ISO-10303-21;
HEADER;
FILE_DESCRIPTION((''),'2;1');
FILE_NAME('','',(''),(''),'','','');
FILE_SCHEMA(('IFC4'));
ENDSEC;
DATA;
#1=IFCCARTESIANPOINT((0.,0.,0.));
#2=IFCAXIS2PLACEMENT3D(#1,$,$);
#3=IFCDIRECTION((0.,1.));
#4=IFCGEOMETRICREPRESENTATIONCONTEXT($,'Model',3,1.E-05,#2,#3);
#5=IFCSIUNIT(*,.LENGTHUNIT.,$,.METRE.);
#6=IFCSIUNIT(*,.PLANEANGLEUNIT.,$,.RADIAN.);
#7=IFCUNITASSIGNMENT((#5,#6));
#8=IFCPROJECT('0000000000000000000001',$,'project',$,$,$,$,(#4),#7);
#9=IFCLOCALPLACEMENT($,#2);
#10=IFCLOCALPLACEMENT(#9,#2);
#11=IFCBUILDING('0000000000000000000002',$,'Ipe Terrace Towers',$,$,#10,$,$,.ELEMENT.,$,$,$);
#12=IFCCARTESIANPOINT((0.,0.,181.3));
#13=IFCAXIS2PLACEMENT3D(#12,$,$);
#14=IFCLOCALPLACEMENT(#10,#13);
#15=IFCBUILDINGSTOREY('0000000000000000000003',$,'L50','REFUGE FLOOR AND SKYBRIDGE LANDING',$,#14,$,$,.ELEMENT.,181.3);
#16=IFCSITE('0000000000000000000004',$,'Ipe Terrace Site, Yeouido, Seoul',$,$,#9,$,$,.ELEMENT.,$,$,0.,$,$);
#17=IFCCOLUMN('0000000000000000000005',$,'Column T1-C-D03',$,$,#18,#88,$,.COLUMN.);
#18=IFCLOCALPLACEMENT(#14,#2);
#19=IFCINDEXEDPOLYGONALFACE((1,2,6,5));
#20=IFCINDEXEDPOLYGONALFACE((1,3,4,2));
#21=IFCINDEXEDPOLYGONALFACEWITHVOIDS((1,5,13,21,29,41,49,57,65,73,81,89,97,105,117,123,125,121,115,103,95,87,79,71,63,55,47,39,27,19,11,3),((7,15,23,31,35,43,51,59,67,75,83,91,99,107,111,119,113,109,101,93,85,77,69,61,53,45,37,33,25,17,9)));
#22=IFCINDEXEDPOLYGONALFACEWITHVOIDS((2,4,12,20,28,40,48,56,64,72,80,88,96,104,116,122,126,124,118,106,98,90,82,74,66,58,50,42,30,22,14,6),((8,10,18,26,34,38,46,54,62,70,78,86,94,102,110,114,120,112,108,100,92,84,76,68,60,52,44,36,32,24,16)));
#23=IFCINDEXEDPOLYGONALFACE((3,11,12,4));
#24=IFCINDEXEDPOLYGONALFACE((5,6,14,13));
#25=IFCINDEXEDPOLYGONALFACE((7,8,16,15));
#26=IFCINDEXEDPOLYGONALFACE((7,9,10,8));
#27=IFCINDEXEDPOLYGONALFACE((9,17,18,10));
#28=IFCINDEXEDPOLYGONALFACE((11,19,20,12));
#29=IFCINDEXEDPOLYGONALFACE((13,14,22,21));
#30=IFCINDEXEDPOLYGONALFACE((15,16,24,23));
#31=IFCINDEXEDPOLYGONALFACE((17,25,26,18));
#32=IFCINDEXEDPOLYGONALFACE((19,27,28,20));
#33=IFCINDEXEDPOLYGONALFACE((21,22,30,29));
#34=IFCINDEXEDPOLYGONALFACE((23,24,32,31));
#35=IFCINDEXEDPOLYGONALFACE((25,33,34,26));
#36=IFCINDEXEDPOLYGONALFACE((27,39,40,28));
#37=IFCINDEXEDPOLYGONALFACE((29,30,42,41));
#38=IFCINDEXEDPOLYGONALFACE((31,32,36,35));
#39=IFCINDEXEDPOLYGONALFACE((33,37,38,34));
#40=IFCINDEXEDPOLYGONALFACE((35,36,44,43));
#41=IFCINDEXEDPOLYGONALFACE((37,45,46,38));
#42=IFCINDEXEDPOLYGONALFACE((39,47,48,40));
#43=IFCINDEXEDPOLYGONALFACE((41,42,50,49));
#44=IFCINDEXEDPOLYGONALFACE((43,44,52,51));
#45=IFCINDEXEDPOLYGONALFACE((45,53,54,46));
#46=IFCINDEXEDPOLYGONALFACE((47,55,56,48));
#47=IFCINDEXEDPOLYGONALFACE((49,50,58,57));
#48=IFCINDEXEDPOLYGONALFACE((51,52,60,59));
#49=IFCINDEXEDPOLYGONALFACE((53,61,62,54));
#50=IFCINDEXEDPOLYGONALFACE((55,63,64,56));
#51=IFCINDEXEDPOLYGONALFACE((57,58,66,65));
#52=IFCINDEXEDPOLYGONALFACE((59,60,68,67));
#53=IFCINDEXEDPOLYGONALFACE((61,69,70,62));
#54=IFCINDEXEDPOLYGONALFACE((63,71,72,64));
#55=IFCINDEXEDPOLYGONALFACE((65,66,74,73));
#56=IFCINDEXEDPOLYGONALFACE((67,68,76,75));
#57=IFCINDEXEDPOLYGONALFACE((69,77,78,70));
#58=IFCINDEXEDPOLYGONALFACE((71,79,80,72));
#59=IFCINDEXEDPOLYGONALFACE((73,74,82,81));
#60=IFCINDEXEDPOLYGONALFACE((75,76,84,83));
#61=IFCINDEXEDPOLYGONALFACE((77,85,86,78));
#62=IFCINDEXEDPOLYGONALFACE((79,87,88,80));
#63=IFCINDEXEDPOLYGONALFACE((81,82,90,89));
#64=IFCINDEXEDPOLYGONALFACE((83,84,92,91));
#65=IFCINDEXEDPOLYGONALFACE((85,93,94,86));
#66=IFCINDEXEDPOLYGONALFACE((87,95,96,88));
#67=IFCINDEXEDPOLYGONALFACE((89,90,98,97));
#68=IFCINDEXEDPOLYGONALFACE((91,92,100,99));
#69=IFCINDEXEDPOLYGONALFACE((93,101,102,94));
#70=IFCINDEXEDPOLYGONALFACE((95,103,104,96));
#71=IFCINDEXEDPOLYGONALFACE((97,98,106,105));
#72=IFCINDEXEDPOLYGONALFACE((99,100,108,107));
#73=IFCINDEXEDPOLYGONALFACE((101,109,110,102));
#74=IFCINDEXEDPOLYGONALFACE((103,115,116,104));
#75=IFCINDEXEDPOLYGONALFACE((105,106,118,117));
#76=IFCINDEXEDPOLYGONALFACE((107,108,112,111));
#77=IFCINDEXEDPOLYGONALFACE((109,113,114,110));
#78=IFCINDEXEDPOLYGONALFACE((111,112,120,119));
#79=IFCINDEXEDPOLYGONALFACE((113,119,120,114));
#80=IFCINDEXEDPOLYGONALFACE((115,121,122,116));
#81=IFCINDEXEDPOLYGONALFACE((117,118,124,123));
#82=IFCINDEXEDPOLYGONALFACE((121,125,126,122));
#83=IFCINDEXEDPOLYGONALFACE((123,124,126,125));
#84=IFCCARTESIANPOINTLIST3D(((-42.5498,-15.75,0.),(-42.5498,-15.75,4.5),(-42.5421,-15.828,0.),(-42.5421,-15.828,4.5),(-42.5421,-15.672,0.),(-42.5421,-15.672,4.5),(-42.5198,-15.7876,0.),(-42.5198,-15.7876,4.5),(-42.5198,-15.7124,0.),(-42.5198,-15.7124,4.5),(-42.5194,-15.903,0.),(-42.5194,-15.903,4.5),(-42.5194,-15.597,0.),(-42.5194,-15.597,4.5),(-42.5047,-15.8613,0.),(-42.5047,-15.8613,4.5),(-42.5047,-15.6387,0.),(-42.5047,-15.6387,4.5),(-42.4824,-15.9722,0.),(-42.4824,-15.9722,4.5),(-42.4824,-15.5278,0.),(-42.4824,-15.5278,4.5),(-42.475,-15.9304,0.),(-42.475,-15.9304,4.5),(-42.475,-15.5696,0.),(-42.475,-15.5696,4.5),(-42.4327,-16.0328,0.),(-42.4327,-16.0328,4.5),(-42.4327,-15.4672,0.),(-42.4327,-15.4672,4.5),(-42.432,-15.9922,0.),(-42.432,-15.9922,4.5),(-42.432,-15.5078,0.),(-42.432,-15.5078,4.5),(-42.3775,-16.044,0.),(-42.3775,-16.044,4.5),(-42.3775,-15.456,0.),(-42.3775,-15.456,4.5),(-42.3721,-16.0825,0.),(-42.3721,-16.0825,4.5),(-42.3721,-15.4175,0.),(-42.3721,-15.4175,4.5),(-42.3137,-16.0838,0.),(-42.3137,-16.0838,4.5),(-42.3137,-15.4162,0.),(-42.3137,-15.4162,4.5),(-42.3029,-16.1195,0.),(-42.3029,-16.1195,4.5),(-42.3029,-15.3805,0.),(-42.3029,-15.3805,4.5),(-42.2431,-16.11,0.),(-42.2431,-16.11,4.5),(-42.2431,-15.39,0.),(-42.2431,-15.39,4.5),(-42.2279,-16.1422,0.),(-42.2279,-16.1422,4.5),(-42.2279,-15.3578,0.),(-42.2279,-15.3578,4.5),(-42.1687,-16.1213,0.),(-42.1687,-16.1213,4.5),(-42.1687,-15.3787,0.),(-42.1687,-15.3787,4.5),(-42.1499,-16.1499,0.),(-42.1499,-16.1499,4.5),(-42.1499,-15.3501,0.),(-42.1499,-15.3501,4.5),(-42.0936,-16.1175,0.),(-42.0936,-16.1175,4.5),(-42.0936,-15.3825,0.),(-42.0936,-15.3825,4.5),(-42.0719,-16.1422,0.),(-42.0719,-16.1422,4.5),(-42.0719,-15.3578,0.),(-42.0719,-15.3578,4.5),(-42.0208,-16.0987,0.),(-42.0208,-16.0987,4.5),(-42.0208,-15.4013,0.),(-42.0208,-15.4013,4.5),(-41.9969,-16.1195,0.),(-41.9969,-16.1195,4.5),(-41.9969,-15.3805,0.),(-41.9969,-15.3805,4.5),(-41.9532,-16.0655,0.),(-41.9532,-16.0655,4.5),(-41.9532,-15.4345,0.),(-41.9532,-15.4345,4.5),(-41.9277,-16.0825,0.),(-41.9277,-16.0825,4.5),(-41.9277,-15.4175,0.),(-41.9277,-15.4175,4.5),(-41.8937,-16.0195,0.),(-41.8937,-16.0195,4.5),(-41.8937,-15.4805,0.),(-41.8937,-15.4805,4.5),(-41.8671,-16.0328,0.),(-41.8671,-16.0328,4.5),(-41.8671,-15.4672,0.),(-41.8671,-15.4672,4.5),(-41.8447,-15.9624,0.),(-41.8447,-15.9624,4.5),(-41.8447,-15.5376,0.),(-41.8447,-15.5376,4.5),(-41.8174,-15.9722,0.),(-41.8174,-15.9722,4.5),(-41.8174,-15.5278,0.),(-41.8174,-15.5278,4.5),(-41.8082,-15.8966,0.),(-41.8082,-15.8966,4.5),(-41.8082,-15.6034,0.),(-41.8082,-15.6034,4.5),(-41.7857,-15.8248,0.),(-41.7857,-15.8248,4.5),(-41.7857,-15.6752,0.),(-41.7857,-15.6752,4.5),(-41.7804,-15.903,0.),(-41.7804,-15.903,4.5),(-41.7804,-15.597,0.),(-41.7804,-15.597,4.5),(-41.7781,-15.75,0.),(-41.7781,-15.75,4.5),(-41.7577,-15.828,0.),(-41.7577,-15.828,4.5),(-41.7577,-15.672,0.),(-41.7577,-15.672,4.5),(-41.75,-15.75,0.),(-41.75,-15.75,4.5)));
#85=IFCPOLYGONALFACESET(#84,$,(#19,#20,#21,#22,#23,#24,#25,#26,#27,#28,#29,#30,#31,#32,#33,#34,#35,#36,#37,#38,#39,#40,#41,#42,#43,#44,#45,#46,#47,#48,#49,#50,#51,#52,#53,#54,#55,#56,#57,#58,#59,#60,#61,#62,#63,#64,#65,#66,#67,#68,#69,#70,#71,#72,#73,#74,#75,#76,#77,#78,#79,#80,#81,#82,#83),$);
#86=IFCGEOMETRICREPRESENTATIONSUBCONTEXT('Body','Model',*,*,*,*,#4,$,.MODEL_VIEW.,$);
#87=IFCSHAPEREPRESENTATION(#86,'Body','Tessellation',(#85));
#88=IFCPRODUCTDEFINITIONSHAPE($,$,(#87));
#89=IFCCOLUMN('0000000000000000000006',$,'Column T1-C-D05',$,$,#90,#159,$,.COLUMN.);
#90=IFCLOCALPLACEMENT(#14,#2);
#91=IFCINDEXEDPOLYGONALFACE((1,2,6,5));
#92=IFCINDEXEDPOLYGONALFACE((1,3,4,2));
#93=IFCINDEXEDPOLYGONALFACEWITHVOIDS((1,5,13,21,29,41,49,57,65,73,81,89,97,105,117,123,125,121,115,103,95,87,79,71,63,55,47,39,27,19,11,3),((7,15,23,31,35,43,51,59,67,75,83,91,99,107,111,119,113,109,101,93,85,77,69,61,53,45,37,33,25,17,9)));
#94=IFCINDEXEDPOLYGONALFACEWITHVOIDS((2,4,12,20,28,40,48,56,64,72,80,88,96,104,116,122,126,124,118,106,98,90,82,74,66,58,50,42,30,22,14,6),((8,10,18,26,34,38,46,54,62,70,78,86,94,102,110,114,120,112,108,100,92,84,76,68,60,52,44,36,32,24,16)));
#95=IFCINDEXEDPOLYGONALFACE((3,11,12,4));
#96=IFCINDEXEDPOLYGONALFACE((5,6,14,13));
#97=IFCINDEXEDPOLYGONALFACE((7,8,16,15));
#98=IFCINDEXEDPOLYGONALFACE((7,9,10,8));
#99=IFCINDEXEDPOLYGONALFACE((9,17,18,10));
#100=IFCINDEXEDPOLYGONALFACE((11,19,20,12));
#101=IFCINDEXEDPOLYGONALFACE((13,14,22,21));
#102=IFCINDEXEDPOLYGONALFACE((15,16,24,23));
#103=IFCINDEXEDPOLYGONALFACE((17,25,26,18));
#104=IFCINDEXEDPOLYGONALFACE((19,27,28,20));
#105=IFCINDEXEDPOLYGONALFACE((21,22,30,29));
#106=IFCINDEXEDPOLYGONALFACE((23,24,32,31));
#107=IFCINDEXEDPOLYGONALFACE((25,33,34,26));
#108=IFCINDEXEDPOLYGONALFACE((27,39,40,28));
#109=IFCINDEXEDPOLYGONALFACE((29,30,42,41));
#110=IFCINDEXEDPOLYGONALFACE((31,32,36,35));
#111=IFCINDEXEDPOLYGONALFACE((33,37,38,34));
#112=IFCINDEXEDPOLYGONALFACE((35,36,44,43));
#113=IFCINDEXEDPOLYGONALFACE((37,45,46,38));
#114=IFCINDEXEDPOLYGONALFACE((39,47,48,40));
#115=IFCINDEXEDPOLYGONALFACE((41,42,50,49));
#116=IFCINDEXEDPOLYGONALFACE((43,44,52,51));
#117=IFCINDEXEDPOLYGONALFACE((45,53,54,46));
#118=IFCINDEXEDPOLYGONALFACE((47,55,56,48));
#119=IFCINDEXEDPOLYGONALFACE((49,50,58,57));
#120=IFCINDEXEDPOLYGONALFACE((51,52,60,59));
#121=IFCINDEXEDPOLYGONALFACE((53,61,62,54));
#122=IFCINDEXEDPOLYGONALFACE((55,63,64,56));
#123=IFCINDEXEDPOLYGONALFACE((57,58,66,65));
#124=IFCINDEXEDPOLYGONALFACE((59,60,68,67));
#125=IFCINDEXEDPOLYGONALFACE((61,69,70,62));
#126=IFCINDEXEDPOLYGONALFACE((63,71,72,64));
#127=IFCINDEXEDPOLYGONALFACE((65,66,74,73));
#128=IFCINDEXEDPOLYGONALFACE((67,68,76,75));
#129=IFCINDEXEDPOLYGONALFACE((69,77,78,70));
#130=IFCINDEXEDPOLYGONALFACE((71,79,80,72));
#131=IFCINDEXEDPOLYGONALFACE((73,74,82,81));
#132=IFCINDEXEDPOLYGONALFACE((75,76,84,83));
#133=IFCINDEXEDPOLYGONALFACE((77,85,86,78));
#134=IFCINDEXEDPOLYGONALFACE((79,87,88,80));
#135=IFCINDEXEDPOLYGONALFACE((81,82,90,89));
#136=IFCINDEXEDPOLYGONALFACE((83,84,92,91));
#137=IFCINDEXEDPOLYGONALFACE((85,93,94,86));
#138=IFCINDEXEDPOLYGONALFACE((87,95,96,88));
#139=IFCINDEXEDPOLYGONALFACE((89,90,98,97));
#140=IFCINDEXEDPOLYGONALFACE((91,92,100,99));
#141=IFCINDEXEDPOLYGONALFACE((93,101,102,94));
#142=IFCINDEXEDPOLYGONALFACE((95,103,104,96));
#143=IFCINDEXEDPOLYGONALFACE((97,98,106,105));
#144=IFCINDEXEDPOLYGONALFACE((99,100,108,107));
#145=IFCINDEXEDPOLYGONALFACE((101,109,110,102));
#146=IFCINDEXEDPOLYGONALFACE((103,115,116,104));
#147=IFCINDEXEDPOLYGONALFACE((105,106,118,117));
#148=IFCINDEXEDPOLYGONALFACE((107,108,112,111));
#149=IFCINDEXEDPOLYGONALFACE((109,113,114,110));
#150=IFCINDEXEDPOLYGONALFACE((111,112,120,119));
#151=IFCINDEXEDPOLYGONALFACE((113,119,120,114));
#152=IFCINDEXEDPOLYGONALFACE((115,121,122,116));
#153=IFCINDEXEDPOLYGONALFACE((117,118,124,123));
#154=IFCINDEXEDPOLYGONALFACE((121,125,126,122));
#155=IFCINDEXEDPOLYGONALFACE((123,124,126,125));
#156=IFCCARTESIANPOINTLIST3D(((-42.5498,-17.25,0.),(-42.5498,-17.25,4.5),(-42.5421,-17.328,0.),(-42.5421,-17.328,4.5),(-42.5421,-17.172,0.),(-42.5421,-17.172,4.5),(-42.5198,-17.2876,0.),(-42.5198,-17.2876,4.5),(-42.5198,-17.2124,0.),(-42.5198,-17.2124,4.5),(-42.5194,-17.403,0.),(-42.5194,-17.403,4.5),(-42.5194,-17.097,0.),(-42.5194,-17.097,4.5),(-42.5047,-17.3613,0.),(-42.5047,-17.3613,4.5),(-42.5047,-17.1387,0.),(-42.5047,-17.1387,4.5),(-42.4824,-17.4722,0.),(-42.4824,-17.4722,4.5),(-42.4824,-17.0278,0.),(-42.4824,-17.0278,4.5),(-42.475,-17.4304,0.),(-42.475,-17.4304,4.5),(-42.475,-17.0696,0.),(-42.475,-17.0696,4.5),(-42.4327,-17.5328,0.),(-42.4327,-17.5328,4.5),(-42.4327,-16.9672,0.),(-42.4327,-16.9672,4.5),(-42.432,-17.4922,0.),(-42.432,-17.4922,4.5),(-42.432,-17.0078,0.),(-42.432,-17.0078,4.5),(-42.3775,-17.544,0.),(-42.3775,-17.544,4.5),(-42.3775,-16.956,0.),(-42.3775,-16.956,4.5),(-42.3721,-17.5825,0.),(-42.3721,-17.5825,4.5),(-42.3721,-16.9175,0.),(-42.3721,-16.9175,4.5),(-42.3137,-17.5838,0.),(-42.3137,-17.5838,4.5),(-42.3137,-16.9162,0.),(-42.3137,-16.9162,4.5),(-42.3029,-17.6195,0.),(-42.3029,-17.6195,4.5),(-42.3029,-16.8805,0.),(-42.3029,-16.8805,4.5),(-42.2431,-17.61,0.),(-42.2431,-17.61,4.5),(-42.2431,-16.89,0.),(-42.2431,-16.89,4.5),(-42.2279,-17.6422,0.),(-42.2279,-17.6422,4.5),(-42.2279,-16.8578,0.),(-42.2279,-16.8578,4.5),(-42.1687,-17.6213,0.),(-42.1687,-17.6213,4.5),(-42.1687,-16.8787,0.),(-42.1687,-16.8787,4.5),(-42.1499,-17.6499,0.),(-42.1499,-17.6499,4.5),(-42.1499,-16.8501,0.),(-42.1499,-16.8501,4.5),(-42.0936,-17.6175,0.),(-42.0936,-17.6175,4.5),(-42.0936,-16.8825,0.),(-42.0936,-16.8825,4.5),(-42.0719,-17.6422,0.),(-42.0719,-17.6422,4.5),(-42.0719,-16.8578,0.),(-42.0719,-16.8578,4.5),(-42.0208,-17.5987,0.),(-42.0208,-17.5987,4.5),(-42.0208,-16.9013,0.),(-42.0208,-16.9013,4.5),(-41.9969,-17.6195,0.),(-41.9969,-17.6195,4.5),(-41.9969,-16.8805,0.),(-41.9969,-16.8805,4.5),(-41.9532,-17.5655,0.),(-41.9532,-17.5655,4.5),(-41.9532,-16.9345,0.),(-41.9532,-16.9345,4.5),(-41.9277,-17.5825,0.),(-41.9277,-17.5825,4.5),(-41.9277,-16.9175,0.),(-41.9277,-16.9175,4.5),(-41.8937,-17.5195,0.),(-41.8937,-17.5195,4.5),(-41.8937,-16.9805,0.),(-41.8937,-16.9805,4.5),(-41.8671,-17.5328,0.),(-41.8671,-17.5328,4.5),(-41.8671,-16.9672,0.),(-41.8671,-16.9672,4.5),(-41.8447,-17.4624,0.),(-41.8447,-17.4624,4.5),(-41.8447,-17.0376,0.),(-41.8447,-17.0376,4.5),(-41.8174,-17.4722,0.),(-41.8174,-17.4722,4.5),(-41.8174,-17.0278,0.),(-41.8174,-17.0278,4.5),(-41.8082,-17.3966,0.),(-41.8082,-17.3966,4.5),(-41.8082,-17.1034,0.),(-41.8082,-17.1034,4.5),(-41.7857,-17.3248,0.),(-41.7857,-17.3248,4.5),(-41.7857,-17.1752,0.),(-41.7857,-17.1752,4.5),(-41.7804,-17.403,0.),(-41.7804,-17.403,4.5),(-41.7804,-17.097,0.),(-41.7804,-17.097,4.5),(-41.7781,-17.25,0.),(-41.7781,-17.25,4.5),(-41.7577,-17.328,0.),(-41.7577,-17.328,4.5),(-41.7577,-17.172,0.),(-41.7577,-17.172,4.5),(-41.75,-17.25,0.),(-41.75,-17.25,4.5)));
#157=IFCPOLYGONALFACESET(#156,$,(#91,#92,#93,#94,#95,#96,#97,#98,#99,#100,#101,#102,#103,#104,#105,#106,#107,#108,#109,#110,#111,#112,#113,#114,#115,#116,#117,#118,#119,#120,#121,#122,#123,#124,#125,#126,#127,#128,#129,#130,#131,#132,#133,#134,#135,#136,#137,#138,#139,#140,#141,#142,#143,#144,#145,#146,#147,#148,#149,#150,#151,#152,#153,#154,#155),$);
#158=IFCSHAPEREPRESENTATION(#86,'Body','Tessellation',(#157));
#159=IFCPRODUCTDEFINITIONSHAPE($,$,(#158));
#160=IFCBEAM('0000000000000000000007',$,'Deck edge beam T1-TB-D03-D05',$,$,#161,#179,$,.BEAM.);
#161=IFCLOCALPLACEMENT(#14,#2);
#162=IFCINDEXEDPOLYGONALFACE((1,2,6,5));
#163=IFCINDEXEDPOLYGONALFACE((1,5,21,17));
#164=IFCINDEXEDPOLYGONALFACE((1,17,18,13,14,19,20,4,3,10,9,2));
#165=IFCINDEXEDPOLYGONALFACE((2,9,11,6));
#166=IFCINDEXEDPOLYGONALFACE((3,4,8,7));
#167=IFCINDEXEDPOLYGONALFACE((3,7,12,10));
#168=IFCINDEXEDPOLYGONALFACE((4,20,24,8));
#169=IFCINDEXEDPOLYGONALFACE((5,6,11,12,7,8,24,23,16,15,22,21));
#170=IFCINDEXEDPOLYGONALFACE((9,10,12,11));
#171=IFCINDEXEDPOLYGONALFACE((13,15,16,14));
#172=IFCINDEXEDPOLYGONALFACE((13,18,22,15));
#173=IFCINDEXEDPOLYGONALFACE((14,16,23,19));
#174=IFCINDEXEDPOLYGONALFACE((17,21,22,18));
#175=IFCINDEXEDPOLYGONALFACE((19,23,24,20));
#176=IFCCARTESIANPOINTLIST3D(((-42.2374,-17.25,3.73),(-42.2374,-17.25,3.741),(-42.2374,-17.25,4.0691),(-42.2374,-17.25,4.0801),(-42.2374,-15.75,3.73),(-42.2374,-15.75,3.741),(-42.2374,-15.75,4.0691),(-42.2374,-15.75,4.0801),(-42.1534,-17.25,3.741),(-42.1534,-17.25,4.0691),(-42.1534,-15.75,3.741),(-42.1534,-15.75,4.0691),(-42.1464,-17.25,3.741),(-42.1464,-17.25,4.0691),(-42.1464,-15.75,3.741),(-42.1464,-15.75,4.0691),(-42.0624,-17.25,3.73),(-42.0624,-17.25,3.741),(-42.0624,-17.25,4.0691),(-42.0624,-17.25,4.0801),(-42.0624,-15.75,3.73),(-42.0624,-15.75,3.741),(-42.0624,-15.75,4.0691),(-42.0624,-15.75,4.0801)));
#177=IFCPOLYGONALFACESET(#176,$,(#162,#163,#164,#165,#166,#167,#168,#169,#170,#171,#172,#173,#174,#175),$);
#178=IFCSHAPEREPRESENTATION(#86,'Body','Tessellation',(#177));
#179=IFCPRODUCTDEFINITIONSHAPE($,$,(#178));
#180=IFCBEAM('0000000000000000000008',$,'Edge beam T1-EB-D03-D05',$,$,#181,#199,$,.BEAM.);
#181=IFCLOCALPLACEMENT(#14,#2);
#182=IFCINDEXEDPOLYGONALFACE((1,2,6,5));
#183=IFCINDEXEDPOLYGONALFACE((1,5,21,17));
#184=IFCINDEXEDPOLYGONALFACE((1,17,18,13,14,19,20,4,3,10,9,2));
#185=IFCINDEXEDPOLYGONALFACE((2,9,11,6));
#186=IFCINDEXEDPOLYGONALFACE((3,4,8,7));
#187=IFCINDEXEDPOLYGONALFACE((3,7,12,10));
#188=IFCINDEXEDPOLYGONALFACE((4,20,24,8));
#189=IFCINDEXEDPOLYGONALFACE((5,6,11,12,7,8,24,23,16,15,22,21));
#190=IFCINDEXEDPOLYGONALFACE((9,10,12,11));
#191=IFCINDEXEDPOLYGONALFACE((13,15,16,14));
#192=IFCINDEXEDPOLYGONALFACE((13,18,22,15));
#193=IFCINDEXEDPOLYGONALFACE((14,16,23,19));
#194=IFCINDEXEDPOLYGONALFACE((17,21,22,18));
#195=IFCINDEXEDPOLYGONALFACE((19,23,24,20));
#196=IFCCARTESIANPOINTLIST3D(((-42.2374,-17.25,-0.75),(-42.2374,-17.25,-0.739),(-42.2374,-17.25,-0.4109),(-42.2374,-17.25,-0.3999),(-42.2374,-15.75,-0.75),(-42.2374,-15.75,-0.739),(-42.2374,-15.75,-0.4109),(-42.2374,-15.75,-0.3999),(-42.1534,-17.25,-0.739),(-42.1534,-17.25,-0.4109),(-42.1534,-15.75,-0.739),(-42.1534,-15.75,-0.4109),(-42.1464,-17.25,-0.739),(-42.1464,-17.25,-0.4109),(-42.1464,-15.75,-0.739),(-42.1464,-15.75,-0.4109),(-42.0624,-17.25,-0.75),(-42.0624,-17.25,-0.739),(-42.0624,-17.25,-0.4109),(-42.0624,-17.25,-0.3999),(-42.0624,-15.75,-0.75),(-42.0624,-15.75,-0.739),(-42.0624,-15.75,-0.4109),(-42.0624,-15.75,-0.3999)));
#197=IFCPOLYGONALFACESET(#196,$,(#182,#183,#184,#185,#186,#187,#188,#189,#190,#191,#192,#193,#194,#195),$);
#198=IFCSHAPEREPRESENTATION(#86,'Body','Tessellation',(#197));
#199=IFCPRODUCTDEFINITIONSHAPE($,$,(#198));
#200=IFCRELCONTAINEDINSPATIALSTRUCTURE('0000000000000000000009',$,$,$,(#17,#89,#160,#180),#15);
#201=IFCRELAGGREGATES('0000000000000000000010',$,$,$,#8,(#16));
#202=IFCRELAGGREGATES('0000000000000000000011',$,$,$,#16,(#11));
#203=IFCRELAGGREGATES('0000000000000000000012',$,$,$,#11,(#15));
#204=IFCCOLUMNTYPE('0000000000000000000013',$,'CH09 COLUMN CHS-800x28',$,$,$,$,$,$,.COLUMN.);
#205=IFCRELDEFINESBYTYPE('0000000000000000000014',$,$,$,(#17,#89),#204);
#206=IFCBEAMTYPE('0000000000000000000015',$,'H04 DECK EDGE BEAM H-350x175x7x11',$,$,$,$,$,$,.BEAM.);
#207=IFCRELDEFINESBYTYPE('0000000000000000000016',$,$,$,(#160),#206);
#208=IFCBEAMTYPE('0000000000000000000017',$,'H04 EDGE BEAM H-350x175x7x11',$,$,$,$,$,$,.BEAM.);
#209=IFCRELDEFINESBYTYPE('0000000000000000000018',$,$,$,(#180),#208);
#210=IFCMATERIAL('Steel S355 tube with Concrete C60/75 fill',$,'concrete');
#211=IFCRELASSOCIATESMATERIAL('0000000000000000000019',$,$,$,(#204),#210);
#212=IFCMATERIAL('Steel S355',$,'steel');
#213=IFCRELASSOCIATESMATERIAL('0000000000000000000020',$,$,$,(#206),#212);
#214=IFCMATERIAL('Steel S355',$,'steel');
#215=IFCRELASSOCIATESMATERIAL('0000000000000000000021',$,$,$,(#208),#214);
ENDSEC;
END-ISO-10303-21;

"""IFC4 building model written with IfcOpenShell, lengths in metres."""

from ifc_helpers import new_model, si_unit, direction, frame, origin, origin_2d, place, context, subcontext, project, spatial, hollow_circle, i_section, extrude, material, material_profile, profile_set, type_object, element, save


model = new_model("IFC4")

# Units and contexts
model_context = context("Model", 3, precision=1e-05, world=origin(), true_north=direction((0.0, 1.0)))
body_context = subcontext(model_context, "Body", "Model", "MODEL_VIEW")
ifc_project = project(units=[si_unit("LENGTHUNIT", "METRE"), si_unit("PLANEANGLEUNIT", "RADIAN")], contexts=[model_context])

# Site, building, storey
site_placement = place(None, origin())
site = spatial("IfcSite", under=ifc_project, at=site_placement, Name="Ipe Terrace Site, Yeouido, Seoul", CompositionType="ELEMENT", RefElevation=0.0)
building_placement = place(site_placement, origin())
building = spatial("IfcBuilding", under=site, at=building_placement, Name="Ipe Terrace Towers", CompositionType="ELEMENT")
storey_placement = place(building_placement, frame((0.0, 0.0, 181.3)))
storey = spatial("IfcBuildingStorey", under=building, at=storey_placement, Name="L50", Description="REFUGE FLOOR AND SKYBRIDGE LANDING", CompositionType="ELEMENT", Elevation=181.3)

# Columns
ifc_material_1 = material(Name="Steel S355 tube with Concrete C60/75 fill", Category="concrete")
ifc_material_profile_1 = material_profile(ifc_material_1, hollow_circle(Radius=0.3999, WallThickness=0.0281, at=origin_2d()), Name="CHS-800x28")
ifc_profile_set_1 = profile_set([ifc_material_profile_1], Name="Steel S355 tube with Concrete C60/75 fill")
column_type = type_object("IfcColumnType", Name="CH09 COLUMN CHS-800x28", PredefinedType="COLUMN", material=ifc_profile_set_1)
for number, where, z_axis, x_axis, name in (
    (1, (-42.1499, -15.75, 0.0), (0.0, 0.0, 1.0), (1.0, 0.0, 0.0), "Column T1-C-D03"),
    (2, (-42.1499, -17.25, 0.0), (0.0, 0.0, 1.0), (1.0, 0.0, 0.0), "Column T1-C-D05"),
):
    element("IfcColumn", number, at=place(storey_placement, frame(where, z_axis=z_axis, x_axis=x_axis)), inside=storey, type_object=column_type, Name=name, PredefinedType="COLUMN", context=body_context, shape_type="SweptSolid", body=[
        extrude(hollow_circle(Radius=0.3999, WallThickness=0.0281, at=origin_2d()), origin(), (0.0, 0.0, 1.0), 4.5),
    ])

# Beams
ifc_material_2 = material(Name="Steel S355", Category="steel")
ifc_material_profile_2 = material_profile(ifc_material_2, i_section(OverallWidth=0.175, OverallDepth=0.3501, WebThickness=0.0071, FlangeThickness=0.011, at=origin_2d()), Name="H-350x175x7x11")
ifc_profile_set_2 = profile_set([ifc_material_profile_2], Name="Steel S355")
beam_type_1 = type_object("IfcBeamType", Name="H04 DECK EDGE BEAM H-350x175x7x11", PredefinedType="BEAM", material=ifc_profile_set_2)
beam_1_placement = place(storey_placement, frame((-42.1499, -15.75, 3.905), z_axis=(0.0, -1.0, 0.0), x_axis=(1.0, 0.0, 0.0)))
element("IfcBeam", 3, at=beam_1_placement, inside=storey, type_object=beam_type_1, Name="Deck edge beam T1-TB-D03-D05", PredefinedType="BEAM", context=body_context, shape_type="SweptSolid", body=[
    extrude(i_section(OverallWidth=0.175, OverallDepth=0.3501, WebThickness=0.0071, FlangeThickness=0.011, at=origin_2d()), origin(), (0.0, 0.0, 1.0), 1.5),
])
ifc_material_3 = material(Name="Steel S355", Category="steel")
ifc_material_profile_3 = material_profile(ifc_material_3, i_section(OverallWidth=0.175, OverallDepth=0.3501, WebThickness=0.0071, FlangeThickness=0.011, at=origin_2d()), Name="H-350x175x7x11")
ifc_profile_set_3 = profile_set([ifc_material_profile_3], Name="Steel S355")
beam_type_2 = type_object("IfcBeamType", Name="H04 EDGE BEAM H-350x175x7x11", PredefinedType="BEAM", material=ifc_profile_set_3)
beam_2_placement = place(storey_placement, frame((-42.1499, -15.75, -0.575), z_axis=(0.0, -1.0, 0.0), x_axis=(1.0, 0.0, 0.0)))
element("IfcBeam", 4, at=beam_2_placement, inside=storey, type_object=beam_type_2, Name="Edge beam T1-EB-D03-D05", PredefinedType="BEAM", context=body_context, shape_type="SweptSolid", body=[
    extrude(i_section(OverallWidth=0.175, OverallDepth=0.3501, WebThickness=0.0071, FlangeThickness=0.011, at=origin_2d()), origin(), (0.0, 0.0, 1.0), 1.5),
])

save(model, "model.ifc")
